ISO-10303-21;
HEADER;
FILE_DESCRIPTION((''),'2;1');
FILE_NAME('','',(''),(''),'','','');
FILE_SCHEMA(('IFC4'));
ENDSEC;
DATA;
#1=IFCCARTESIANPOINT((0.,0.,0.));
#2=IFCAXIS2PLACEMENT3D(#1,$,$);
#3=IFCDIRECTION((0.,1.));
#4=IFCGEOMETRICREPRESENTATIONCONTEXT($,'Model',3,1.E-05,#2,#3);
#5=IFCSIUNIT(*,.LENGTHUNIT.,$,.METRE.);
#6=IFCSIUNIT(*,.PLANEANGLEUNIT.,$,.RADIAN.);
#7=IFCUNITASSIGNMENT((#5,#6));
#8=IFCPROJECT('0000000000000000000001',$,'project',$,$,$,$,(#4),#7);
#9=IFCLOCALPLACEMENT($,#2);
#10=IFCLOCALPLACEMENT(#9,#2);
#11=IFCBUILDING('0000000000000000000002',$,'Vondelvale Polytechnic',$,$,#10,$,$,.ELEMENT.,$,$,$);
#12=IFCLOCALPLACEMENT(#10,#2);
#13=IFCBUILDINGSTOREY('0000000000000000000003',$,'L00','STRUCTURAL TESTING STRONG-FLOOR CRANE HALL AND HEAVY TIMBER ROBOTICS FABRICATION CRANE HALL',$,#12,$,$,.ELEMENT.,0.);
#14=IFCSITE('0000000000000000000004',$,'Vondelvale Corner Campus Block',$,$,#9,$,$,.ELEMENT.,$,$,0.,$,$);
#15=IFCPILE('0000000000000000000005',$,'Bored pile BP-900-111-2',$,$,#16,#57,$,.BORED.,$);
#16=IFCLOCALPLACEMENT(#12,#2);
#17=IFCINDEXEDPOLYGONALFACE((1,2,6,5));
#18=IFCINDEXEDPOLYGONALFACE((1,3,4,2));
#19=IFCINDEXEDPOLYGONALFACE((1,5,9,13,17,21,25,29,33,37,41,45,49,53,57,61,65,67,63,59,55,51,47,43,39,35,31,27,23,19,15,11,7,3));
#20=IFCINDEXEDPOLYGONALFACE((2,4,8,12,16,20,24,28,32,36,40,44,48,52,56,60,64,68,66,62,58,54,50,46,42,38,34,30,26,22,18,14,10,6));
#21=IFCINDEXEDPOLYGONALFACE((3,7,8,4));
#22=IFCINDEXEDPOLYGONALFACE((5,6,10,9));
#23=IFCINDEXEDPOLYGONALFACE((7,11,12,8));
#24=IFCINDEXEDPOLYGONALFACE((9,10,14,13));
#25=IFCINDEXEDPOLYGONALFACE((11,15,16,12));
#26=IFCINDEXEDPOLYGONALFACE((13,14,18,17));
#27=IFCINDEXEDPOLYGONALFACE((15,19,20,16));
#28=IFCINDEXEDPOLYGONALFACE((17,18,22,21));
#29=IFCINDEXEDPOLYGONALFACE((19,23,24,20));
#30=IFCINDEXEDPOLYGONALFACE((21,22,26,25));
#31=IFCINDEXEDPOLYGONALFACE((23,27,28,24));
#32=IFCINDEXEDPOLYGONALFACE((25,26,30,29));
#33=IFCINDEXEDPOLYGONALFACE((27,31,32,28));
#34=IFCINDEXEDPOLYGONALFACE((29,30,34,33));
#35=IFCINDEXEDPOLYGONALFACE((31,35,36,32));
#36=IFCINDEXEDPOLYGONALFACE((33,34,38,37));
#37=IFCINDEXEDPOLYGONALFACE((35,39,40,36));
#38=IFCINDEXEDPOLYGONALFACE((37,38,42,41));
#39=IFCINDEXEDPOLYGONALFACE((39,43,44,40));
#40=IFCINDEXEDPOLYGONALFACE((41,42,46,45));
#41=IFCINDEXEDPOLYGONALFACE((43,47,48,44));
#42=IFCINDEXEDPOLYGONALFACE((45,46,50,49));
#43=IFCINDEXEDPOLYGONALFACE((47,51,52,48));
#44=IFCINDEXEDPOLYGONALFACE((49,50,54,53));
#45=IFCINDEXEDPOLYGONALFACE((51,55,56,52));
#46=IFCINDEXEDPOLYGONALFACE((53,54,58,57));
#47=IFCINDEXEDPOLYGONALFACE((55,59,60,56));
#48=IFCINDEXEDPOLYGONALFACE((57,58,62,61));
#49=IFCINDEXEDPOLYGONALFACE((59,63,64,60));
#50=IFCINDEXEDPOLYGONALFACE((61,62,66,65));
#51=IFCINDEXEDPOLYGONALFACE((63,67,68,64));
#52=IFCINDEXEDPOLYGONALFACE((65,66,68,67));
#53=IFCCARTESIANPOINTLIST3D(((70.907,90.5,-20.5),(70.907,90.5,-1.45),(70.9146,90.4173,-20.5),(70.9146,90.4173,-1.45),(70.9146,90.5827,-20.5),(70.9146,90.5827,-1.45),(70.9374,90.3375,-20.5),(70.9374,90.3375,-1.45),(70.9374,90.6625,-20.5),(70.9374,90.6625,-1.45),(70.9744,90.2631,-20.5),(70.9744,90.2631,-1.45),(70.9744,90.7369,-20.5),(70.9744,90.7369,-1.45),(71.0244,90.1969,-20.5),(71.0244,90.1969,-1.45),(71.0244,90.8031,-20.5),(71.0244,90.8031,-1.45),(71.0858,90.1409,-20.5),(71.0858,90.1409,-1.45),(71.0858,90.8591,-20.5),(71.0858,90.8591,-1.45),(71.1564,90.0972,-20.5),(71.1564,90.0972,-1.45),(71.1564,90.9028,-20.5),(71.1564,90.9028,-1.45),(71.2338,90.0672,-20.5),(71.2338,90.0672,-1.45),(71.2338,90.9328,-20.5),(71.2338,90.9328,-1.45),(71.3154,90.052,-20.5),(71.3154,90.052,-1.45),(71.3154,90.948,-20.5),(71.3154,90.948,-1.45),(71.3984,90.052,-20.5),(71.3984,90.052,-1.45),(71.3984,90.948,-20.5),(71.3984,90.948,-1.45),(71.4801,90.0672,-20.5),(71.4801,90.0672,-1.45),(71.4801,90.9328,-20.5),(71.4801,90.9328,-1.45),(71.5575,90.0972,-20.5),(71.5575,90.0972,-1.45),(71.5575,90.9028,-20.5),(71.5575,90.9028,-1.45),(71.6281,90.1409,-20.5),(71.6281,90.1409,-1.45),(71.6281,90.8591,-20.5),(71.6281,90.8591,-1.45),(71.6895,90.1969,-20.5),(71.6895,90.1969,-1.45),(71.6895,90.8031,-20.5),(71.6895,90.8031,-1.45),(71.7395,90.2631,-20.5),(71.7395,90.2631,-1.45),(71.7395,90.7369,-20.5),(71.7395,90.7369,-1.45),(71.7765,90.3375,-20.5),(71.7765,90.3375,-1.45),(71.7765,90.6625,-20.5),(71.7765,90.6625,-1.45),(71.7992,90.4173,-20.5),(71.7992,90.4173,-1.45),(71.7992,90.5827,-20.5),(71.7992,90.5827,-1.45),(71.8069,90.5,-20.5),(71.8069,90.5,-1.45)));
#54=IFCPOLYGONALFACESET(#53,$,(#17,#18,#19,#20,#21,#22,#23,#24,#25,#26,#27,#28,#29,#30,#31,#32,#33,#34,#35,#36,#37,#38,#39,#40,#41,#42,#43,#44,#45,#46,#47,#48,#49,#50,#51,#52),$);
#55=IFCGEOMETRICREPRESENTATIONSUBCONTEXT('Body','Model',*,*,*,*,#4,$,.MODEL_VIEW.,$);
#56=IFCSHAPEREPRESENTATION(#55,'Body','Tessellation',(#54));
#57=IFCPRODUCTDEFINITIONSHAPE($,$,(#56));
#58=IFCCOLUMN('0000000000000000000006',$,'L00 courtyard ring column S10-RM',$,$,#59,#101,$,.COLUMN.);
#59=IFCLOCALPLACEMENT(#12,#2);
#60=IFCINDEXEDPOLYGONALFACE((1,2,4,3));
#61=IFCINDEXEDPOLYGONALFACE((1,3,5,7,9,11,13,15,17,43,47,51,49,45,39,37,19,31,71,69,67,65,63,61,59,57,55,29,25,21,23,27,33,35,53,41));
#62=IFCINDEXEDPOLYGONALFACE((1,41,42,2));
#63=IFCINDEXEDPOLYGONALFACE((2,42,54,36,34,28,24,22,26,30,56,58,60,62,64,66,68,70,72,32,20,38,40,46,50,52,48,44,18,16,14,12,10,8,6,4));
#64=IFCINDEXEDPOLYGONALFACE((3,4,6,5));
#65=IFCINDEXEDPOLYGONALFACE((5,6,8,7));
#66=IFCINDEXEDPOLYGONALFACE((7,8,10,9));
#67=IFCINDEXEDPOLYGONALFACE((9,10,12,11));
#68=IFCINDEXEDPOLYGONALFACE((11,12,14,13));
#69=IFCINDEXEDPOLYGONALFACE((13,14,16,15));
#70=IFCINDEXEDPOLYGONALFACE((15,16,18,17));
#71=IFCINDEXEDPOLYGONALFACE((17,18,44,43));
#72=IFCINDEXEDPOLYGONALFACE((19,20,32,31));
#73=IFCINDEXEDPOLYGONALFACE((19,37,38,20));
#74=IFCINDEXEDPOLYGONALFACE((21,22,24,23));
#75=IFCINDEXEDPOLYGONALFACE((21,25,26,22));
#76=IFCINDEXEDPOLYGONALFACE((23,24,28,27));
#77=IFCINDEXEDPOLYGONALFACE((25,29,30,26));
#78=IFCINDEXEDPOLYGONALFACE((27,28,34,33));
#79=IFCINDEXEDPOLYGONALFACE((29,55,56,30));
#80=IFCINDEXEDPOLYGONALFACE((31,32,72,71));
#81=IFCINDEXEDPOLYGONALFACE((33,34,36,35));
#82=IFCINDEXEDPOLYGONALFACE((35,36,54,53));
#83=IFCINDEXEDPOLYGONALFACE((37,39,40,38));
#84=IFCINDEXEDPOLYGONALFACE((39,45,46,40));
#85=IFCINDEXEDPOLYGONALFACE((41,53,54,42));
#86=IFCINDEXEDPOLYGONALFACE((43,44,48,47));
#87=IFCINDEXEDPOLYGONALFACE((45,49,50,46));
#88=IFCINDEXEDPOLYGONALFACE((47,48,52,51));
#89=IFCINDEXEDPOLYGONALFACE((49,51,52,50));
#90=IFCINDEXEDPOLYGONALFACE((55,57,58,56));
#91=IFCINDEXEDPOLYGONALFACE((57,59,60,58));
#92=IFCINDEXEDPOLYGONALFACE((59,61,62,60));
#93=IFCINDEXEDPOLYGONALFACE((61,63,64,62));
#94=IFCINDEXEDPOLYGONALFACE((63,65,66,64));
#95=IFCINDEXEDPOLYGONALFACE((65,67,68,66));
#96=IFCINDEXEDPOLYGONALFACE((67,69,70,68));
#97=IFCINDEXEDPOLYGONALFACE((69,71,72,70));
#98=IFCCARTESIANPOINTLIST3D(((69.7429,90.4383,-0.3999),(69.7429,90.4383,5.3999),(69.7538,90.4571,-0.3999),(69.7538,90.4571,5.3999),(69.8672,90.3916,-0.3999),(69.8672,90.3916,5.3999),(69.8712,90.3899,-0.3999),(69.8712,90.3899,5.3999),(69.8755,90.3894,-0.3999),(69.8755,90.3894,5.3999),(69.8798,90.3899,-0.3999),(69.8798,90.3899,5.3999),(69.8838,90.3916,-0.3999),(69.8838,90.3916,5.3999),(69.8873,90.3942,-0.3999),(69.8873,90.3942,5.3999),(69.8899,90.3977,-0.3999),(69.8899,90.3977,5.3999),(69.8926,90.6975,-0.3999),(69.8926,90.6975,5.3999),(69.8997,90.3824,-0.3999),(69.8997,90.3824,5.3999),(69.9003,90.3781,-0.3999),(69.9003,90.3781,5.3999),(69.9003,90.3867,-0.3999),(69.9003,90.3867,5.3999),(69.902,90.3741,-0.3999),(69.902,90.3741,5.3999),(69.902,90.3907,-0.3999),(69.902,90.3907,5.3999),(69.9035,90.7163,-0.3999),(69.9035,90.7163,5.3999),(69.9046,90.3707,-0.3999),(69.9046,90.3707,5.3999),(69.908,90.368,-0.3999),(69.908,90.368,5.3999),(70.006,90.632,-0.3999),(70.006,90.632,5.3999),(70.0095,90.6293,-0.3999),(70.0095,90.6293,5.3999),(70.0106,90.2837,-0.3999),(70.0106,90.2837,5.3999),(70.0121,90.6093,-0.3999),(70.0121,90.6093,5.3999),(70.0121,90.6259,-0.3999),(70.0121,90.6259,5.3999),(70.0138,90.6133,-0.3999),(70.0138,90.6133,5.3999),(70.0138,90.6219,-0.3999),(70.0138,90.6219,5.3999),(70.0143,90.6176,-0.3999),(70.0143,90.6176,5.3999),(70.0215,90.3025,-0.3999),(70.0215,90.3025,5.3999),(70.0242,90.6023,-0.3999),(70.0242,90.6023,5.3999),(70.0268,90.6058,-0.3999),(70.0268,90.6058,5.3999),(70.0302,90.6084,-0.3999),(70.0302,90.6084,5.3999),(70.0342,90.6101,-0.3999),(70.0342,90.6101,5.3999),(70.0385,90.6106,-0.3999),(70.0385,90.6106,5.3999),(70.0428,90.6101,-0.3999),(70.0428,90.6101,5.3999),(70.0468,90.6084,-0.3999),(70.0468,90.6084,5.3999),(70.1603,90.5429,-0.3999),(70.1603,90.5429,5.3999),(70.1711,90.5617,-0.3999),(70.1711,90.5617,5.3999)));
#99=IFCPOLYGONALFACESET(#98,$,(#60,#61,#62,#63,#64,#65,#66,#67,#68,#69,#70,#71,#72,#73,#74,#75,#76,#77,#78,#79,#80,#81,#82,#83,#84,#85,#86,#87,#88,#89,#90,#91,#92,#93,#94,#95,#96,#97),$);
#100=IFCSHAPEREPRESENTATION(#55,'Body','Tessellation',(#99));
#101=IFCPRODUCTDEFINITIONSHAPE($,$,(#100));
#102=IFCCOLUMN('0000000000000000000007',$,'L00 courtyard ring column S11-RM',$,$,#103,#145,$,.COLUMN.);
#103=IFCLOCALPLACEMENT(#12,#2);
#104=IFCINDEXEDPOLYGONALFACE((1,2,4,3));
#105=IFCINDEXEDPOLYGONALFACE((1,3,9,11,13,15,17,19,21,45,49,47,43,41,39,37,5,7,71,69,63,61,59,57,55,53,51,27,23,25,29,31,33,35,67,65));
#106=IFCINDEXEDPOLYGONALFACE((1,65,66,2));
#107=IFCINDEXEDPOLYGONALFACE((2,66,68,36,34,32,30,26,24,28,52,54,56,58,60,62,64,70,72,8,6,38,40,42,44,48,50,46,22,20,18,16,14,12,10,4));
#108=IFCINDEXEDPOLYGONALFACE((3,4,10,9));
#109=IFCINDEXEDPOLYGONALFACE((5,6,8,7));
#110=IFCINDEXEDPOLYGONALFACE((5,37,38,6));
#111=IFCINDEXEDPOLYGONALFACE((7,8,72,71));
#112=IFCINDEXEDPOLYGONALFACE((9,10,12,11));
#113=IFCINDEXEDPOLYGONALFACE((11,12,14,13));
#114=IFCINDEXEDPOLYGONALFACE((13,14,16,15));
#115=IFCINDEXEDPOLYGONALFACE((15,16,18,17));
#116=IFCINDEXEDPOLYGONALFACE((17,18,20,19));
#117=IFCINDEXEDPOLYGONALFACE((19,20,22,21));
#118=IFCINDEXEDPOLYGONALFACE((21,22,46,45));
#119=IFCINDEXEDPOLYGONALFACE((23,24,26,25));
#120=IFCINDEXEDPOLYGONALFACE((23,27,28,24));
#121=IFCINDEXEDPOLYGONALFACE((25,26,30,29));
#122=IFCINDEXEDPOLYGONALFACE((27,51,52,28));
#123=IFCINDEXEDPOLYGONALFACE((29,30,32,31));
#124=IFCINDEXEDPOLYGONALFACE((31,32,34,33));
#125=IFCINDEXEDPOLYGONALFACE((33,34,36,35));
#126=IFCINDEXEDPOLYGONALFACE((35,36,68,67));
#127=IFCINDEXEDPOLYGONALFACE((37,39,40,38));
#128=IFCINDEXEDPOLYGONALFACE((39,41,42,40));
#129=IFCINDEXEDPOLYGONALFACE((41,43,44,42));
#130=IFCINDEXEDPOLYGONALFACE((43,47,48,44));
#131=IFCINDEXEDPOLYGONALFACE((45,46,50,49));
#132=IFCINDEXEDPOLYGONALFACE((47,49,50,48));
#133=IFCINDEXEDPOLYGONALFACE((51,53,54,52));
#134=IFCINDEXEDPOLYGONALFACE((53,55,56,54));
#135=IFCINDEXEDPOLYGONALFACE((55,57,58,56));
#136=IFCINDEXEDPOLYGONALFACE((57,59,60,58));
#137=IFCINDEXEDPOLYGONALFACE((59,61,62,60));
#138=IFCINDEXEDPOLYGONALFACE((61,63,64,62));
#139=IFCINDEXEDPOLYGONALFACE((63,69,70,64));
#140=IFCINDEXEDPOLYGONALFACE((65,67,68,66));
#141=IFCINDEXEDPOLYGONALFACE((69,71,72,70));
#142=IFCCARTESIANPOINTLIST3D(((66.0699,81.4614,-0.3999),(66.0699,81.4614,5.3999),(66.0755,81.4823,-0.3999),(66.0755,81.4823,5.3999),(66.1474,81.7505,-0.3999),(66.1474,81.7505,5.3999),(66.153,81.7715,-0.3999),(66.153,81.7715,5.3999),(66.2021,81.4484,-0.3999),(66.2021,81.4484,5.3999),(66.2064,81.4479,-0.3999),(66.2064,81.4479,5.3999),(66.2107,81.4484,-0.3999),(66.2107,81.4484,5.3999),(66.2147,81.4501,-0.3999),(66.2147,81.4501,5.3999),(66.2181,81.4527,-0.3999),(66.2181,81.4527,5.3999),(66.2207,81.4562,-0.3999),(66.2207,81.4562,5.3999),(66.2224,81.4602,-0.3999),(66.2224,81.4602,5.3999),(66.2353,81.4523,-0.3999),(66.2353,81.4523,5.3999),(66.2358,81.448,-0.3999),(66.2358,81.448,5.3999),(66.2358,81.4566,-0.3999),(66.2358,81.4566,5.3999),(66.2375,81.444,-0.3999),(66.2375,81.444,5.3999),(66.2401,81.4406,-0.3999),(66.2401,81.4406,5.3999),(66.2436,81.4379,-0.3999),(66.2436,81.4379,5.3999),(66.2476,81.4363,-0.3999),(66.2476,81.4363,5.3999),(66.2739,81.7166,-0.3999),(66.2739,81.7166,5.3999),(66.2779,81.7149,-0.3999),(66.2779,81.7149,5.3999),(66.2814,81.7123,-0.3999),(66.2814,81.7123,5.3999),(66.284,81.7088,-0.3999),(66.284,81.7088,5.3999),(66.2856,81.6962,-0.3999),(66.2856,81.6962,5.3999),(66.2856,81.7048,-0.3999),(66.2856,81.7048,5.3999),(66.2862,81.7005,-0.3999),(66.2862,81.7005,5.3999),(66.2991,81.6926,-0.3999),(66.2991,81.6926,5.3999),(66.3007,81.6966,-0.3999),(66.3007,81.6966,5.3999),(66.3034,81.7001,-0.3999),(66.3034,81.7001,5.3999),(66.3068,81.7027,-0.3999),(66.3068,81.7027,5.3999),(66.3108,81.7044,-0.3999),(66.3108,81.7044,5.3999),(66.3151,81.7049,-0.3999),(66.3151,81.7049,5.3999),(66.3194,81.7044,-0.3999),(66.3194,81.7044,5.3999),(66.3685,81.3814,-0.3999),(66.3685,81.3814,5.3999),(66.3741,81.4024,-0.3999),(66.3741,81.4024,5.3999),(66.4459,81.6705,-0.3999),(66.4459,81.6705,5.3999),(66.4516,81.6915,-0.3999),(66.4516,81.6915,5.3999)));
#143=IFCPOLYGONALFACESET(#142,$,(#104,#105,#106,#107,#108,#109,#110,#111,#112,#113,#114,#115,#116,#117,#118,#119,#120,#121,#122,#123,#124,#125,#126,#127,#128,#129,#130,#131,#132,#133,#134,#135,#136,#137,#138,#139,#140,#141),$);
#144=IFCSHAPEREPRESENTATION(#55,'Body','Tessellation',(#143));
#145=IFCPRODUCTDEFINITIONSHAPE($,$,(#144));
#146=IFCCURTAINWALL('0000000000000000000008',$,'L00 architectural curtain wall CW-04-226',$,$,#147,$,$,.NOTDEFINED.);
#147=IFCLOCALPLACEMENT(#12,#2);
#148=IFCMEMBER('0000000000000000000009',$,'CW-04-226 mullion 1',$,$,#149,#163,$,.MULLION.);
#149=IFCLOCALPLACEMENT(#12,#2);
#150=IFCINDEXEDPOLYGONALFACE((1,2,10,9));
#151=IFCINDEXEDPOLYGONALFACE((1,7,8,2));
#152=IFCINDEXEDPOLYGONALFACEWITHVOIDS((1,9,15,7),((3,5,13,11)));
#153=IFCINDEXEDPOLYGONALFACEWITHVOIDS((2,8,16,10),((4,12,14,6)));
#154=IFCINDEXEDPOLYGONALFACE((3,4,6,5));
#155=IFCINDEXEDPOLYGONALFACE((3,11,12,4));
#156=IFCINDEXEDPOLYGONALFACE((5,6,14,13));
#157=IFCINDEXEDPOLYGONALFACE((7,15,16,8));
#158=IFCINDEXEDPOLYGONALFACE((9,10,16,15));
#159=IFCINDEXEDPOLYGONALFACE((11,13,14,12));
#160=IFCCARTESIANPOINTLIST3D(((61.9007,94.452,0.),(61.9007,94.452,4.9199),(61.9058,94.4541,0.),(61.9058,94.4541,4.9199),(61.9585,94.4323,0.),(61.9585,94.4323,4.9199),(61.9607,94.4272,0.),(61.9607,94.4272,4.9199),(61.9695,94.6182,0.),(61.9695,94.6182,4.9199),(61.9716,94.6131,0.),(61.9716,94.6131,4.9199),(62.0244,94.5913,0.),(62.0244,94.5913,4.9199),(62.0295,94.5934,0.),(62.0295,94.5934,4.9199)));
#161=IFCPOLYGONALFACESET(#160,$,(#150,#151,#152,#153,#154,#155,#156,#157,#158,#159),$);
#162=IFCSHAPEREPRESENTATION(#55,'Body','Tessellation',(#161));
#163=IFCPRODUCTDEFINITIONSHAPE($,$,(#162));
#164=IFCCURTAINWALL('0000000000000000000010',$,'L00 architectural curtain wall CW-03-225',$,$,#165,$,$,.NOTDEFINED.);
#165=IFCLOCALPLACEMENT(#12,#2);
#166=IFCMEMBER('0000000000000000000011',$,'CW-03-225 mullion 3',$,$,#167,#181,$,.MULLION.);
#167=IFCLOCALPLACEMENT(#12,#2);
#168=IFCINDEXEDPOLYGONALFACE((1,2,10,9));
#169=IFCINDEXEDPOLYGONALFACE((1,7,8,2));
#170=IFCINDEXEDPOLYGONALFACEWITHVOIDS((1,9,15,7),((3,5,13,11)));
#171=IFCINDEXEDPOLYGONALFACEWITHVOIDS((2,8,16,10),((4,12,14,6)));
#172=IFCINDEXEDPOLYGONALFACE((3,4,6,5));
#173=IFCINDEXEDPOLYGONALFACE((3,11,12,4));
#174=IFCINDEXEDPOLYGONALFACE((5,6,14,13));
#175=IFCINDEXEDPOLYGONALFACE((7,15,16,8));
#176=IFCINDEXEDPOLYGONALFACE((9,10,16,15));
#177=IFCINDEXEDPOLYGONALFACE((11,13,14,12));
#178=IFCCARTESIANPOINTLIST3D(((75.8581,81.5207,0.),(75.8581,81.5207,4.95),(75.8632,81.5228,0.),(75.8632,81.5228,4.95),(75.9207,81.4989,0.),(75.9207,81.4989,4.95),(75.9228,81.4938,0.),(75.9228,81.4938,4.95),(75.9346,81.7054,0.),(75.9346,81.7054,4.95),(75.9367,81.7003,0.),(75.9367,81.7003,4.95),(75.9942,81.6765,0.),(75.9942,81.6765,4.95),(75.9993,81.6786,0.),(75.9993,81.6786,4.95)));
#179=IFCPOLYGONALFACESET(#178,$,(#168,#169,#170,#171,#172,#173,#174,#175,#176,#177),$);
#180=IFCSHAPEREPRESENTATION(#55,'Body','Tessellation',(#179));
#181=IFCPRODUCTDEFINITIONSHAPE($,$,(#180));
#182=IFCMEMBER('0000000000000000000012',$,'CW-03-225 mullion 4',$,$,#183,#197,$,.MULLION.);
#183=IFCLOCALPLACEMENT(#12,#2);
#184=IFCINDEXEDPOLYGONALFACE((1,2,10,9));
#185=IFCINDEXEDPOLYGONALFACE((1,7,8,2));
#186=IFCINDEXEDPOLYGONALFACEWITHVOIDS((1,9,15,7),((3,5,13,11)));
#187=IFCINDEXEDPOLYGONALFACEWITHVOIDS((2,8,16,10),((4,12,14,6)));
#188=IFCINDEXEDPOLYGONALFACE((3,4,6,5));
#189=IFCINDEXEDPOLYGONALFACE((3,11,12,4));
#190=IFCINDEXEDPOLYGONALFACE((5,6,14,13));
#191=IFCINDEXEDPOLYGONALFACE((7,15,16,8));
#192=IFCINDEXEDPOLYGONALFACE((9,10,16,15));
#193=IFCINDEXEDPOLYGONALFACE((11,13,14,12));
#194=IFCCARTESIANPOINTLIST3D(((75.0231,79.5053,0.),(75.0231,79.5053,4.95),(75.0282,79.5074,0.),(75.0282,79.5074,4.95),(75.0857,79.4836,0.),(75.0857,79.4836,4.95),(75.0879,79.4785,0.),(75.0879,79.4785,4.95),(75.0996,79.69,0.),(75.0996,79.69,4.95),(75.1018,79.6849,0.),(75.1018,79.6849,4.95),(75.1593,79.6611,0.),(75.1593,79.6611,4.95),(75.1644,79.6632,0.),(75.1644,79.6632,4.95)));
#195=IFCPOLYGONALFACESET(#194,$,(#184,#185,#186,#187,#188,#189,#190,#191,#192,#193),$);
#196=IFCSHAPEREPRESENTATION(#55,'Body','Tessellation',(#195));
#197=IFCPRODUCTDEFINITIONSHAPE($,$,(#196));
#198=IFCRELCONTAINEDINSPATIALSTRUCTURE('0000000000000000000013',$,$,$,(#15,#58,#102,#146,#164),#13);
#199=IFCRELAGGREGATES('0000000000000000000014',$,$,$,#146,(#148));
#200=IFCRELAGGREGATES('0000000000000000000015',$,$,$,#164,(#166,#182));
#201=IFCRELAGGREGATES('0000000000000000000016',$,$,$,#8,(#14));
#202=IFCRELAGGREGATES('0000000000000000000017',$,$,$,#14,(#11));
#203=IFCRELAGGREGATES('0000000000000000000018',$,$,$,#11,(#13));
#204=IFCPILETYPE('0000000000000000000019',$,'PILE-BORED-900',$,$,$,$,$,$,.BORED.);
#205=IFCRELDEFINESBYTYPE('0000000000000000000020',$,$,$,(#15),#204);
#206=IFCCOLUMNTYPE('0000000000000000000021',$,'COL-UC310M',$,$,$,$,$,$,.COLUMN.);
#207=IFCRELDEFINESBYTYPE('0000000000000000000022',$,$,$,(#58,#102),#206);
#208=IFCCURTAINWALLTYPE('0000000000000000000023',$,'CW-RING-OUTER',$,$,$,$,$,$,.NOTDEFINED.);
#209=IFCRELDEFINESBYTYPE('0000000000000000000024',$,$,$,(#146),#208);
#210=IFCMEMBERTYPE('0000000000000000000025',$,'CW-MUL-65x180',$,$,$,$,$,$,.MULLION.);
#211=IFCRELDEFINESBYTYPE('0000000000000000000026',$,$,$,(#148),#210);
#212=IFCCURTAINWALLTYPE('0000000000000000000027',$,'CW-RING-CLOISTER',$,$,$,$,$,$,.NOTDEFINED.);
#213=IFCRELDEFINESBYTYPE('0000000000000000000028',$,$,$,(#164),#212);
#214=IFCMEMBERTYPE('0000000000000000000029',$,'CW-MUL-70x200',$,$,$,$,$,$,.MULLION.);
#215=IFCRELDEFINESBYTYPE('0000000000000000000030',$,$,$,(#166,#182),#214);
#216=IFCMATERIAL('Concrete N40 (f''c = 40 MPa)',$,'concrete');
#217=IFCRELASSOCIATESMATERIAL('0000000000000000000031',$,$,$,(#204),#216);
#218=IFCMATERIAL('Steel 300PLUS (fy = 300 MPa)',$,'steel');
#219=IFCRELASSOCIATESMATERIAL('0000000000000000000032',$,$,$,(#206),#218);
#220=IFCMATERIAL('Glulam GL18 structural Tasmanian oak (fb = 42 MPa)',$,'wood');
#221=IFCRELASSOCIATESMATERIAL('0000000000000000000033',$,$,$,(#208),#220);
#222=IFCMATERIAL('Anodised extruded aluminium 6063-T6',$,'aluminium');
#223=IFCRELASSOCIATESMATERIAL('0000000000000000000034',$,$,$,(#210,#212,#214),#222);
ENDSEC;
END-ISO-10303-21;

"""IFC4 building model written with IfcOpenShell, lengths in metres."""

from ifc_helpers import new_model, si_unit, direction, frame, origin, origin_2d, place, context, subcontext, project, spatial, hollow_rectangle, circle, i_section, extrude, material, material_profile, profile_set, type_object, element, aggregate, save


model = new_model("IFC4")

# Units and contexts
model_context = context("Model", 3, precision=1e-05, world=origin(), true_north=direction((0.0, 1.0)))
body_context = subcontext(model_context, "Body", "Model", "MODEL_VIEW")
ifc_project = project(units=[si_unit("LENGTHUNIT", "METRE"), si_unit("PLANEANGLEUNIT", "RADIAN")], contexts=[model_context])

# Site, building, storey
site_placement = place(None, origin())
site = spatial("IfcSite", under=ifc_project, at=site_placement, Name="Vondelvale Corner Campus Block", CompositionType="ELEMENT", RefElevation=0.0)
building_placement = place(site_placement, origin())
building = spatial("IfcBuilding", under=site, at=building_placement, Name="Vondelvale Polytechnic", CompositionType="ELEMENT")
storey_placement = place(building_placement, origin())
storey = spatial("IfcBuildingStorey", under=building, at=storey_placement, Name="L00", Description="STRUCTURAL TESTING STRONG-FLOOR CRANE HALL AND HEAVY TIMBER ROBOTICS FABRICATION CRANE HALL", CompositionType="ELEMENT", Elevation=0.0)

# Shared definitions
ifc_material_1 = material(Name="Concrete N40 (f'c = 40 MPa)", Category="concrete")

# Pile
ifc_material_profile_1 = material_profile(ifc_material_1, circle(Radius=0.45, at=origin_2d()), Name="PILE-D900")
ifc_profile_set_1 = profile_set([ifc_material_profile_1], Name="Concrete N40 (f'c = 40 MPa)")
pile_type_1 = type_object("IfcPileType", Name="PILE-BORED-900", PredefinedType="BORED", material=ifc_profile_set_1)
for number, where, z_axis, x_axis, name in (
    (1, (71.3569, 90.5, -1.45), (0.0, 0.0, -1.0), (1.0, 0.0, 0.0), "Bored pile BP-900-111-2"),
):
    element("IfcPile", number, at=place(storey_placement, frame(where, z_axis=z_axis, x_axis=x_axis)), inside=storey, type_object=pile_type_1, Name=name, PredefinedType="BORED", context=body_context, shape_type="SweptSolid", body=[
        extrude(circle(Radius=0.45, at=origin_2d()), origin(), (0.0, 0.0, 1.0), 19.05),
    ])

# Columns
ifc_material_2 = material(Name="Steel 300PLUS (fy = 300 MPa)", Category="steel")
ifc_material_profile_2 = material_profile(ifc_material_2, i_section(OverallWidth=0.3091, OverallDepth=0.321, WebThickness=0.0139, FlangeThickness=0.0217, FilletRadius=0.0166, at=origin_2d()), Name="310UC137")
ifc_profile_set_2 = profile_set([ifc_material_profile_2], Name="Steel 300PLUS (fy = 300 MPa)")
column_type = type_object("IfcColumnType", Name="COL-UC310M", PredefinedType="COLUMN", material=ifc_profile_set_2)
for number, where, z_axis, x_axis, name in (
    (2, (69.957, 90.5, -0.3999), (0.0, 0.0, 1.0), (-0.866025, 0.5, 0.0), "L00 courtyard ring column S10-RM"),
    (3, (66.2607, 81.5764, -0.3999), (0.0, 0.0, 1.0), (-0.965926, 0.258819, 0.0), "L00 courtyard ring column S11-RM"),
):
    element("IfcColumn", number, at=place(storey_placement, frame(where, z_axis=z_axis, x_axis=x_axis)), inside=storey, type_object=column_type, Name=name, PredefinedType="COLUMN", context=body_context, shape_type="SweptSolid", body=[
        extrude(i_section(OverallWidth=0.3091, OverallDepth=0.321, WebThickness=0.0139, FlangeThickness=0.0217, FilletRadius=0.0166, at=origin_2d()), origin(), (0.0, 0.0, 1.0), 5.7998),
    ])

# Curtain wall, member
ifc_material_3 = material(Name="Glulam GL18 structural Tasmanian oak (fb = 42 MPa)", Category="wood")
curtain_wall_type_1 = type_object("IfcCurtainWallType", Name="CW-RING-OUTER", PredefinedType="NOTDEFINED", material=ifc_material_3)
curtain_wall_1_placement = place(storey_placement, origin())
curtain_wall_1 = element("IfcCurtainWall", 4, at=curtain_wall_1_placement, inside=storey, type_object=curtain_wall_type_1, Name="L00 architectural curtain wall CW-04-226", PredefinedType="NOTDEFINED")
ifc_material_4 = material(Name="Anodised extruded aluminium 6063-T6", Category="aluminium")
ifc_material_profile_3 = material_profile(ifc_material_4, hollow_rectangle(XDim=0.0649, YDim=0.1799, WallThickness=0.0039, at=origin_2d()), Name="CW-MUL-180x65")
ifc_profile_set_3 = profile_set([ifc_material_profile_3], Name="Anodised extruded aluminium 6063-T6")
member_type_1 = type_object("IfcMemberType", Name="CW-MUL-65x180", PredefinedType="MULLION", material=ifc_profile_set_3)
member_1_placement = place(storey_placement, frame((61.9651, 94.5227, 0.0), z_axis=(0.0, 0.0, 1.0), x_axis=(0.923881, -0.382679, 0.0)))
member_1 = element("IfcMember", 5, at=member_1_placement, type_object=member_type_1, Name="CW-04-226 mullion 1", PredefinedType="MULLION", context=body_context, shape_type="SweptSolid", body=[
    extrude(hollow_rectangle(XDim=0.0649, YDim=0.1799, WallThickness=0.0039, at=origin_2d()), origin(), (0.0, 0.0, 1.0), 4.9199),
])

# Curtain wall, members
curtain_wall_type_2 = type_object("IfcCurtainWallType", Name="CW-RING-CLOISTER", PredefinedType="NOTDEFINED", material=ifc_material_4)
curtain_wall_2_placement = place(storey_placement, origin())
curtain_wall_2 = element("IfcCurtainWall", 6, at=curtain_wall_2_placement, inside=storey, type_object=curtain_wall_type_2, Name="L00 architectural curtain wall CW-03-225", PredefinedType="NOTDEFINED")
ifc_material_profile_4 = material_profile(ifc_material_4, hollow_rectangle(XDim=0.0701, YDim=0.2, WallThickness=0.0039, at=origin_2d()), Name="CW-MUL-200x70")
ifc_profile_set_4 = profile_set([ifc_material_profile_4], Name="Anodised extruded aluminium 6063-T6")
member_type_2 = type_object("IfcMemberType", Name="CW-MUL-70x200", PredefinedType="MULLION", material=ifc_profile_set_4)
member_2_placement = place(storey_placement, frame((75.9287, 81.5996, 0.0), z_axis=(0.0, 0.0, 1.0), x_axis=(0.923882, -0.382679, 0.0)))
member_2 = element("IfcMember", 7, at=member_2_placement, type_object=member_type_2, Name="CW-03-225 mullion 3", PredefinedType="MULLION", context=body_context, shape_type="SweptSolid", body=[
    extrude(hollow_rectangle(XDim=0.0701, YDim=0.2, WallThickness=0.0039, at=origin_2d()), origin(), (0.0, 0.0, 1.0), 4.95),
])
member_3_placement = place(storey_placement, frame((75.0938, 79.5842, 0.0), z_axis=(0.0, 0.0, 1.0), x_axis=(0.923882, -0.382679, 0.0)))
member_3 = element("IfcMember", 8, at=member_3_placement, type_object=member_type_2, Name="CW-03-225 mullion 4", PredefinedType="MULLION", context=body_context, shape_type="SweptSolid", body=[
    extrude(hollow_rectangle(XDim=0.0701, YDim=0.2, WallThickness=0.0039, at=origin_2d()), origin(), (0.0, 0.0, 1.0), 4.95),
])

aggregate(curtain_wall_1, [member_1])
aggregate(curtain_wall_2, [member_2, member_3])

save(model, "model.ifc")
